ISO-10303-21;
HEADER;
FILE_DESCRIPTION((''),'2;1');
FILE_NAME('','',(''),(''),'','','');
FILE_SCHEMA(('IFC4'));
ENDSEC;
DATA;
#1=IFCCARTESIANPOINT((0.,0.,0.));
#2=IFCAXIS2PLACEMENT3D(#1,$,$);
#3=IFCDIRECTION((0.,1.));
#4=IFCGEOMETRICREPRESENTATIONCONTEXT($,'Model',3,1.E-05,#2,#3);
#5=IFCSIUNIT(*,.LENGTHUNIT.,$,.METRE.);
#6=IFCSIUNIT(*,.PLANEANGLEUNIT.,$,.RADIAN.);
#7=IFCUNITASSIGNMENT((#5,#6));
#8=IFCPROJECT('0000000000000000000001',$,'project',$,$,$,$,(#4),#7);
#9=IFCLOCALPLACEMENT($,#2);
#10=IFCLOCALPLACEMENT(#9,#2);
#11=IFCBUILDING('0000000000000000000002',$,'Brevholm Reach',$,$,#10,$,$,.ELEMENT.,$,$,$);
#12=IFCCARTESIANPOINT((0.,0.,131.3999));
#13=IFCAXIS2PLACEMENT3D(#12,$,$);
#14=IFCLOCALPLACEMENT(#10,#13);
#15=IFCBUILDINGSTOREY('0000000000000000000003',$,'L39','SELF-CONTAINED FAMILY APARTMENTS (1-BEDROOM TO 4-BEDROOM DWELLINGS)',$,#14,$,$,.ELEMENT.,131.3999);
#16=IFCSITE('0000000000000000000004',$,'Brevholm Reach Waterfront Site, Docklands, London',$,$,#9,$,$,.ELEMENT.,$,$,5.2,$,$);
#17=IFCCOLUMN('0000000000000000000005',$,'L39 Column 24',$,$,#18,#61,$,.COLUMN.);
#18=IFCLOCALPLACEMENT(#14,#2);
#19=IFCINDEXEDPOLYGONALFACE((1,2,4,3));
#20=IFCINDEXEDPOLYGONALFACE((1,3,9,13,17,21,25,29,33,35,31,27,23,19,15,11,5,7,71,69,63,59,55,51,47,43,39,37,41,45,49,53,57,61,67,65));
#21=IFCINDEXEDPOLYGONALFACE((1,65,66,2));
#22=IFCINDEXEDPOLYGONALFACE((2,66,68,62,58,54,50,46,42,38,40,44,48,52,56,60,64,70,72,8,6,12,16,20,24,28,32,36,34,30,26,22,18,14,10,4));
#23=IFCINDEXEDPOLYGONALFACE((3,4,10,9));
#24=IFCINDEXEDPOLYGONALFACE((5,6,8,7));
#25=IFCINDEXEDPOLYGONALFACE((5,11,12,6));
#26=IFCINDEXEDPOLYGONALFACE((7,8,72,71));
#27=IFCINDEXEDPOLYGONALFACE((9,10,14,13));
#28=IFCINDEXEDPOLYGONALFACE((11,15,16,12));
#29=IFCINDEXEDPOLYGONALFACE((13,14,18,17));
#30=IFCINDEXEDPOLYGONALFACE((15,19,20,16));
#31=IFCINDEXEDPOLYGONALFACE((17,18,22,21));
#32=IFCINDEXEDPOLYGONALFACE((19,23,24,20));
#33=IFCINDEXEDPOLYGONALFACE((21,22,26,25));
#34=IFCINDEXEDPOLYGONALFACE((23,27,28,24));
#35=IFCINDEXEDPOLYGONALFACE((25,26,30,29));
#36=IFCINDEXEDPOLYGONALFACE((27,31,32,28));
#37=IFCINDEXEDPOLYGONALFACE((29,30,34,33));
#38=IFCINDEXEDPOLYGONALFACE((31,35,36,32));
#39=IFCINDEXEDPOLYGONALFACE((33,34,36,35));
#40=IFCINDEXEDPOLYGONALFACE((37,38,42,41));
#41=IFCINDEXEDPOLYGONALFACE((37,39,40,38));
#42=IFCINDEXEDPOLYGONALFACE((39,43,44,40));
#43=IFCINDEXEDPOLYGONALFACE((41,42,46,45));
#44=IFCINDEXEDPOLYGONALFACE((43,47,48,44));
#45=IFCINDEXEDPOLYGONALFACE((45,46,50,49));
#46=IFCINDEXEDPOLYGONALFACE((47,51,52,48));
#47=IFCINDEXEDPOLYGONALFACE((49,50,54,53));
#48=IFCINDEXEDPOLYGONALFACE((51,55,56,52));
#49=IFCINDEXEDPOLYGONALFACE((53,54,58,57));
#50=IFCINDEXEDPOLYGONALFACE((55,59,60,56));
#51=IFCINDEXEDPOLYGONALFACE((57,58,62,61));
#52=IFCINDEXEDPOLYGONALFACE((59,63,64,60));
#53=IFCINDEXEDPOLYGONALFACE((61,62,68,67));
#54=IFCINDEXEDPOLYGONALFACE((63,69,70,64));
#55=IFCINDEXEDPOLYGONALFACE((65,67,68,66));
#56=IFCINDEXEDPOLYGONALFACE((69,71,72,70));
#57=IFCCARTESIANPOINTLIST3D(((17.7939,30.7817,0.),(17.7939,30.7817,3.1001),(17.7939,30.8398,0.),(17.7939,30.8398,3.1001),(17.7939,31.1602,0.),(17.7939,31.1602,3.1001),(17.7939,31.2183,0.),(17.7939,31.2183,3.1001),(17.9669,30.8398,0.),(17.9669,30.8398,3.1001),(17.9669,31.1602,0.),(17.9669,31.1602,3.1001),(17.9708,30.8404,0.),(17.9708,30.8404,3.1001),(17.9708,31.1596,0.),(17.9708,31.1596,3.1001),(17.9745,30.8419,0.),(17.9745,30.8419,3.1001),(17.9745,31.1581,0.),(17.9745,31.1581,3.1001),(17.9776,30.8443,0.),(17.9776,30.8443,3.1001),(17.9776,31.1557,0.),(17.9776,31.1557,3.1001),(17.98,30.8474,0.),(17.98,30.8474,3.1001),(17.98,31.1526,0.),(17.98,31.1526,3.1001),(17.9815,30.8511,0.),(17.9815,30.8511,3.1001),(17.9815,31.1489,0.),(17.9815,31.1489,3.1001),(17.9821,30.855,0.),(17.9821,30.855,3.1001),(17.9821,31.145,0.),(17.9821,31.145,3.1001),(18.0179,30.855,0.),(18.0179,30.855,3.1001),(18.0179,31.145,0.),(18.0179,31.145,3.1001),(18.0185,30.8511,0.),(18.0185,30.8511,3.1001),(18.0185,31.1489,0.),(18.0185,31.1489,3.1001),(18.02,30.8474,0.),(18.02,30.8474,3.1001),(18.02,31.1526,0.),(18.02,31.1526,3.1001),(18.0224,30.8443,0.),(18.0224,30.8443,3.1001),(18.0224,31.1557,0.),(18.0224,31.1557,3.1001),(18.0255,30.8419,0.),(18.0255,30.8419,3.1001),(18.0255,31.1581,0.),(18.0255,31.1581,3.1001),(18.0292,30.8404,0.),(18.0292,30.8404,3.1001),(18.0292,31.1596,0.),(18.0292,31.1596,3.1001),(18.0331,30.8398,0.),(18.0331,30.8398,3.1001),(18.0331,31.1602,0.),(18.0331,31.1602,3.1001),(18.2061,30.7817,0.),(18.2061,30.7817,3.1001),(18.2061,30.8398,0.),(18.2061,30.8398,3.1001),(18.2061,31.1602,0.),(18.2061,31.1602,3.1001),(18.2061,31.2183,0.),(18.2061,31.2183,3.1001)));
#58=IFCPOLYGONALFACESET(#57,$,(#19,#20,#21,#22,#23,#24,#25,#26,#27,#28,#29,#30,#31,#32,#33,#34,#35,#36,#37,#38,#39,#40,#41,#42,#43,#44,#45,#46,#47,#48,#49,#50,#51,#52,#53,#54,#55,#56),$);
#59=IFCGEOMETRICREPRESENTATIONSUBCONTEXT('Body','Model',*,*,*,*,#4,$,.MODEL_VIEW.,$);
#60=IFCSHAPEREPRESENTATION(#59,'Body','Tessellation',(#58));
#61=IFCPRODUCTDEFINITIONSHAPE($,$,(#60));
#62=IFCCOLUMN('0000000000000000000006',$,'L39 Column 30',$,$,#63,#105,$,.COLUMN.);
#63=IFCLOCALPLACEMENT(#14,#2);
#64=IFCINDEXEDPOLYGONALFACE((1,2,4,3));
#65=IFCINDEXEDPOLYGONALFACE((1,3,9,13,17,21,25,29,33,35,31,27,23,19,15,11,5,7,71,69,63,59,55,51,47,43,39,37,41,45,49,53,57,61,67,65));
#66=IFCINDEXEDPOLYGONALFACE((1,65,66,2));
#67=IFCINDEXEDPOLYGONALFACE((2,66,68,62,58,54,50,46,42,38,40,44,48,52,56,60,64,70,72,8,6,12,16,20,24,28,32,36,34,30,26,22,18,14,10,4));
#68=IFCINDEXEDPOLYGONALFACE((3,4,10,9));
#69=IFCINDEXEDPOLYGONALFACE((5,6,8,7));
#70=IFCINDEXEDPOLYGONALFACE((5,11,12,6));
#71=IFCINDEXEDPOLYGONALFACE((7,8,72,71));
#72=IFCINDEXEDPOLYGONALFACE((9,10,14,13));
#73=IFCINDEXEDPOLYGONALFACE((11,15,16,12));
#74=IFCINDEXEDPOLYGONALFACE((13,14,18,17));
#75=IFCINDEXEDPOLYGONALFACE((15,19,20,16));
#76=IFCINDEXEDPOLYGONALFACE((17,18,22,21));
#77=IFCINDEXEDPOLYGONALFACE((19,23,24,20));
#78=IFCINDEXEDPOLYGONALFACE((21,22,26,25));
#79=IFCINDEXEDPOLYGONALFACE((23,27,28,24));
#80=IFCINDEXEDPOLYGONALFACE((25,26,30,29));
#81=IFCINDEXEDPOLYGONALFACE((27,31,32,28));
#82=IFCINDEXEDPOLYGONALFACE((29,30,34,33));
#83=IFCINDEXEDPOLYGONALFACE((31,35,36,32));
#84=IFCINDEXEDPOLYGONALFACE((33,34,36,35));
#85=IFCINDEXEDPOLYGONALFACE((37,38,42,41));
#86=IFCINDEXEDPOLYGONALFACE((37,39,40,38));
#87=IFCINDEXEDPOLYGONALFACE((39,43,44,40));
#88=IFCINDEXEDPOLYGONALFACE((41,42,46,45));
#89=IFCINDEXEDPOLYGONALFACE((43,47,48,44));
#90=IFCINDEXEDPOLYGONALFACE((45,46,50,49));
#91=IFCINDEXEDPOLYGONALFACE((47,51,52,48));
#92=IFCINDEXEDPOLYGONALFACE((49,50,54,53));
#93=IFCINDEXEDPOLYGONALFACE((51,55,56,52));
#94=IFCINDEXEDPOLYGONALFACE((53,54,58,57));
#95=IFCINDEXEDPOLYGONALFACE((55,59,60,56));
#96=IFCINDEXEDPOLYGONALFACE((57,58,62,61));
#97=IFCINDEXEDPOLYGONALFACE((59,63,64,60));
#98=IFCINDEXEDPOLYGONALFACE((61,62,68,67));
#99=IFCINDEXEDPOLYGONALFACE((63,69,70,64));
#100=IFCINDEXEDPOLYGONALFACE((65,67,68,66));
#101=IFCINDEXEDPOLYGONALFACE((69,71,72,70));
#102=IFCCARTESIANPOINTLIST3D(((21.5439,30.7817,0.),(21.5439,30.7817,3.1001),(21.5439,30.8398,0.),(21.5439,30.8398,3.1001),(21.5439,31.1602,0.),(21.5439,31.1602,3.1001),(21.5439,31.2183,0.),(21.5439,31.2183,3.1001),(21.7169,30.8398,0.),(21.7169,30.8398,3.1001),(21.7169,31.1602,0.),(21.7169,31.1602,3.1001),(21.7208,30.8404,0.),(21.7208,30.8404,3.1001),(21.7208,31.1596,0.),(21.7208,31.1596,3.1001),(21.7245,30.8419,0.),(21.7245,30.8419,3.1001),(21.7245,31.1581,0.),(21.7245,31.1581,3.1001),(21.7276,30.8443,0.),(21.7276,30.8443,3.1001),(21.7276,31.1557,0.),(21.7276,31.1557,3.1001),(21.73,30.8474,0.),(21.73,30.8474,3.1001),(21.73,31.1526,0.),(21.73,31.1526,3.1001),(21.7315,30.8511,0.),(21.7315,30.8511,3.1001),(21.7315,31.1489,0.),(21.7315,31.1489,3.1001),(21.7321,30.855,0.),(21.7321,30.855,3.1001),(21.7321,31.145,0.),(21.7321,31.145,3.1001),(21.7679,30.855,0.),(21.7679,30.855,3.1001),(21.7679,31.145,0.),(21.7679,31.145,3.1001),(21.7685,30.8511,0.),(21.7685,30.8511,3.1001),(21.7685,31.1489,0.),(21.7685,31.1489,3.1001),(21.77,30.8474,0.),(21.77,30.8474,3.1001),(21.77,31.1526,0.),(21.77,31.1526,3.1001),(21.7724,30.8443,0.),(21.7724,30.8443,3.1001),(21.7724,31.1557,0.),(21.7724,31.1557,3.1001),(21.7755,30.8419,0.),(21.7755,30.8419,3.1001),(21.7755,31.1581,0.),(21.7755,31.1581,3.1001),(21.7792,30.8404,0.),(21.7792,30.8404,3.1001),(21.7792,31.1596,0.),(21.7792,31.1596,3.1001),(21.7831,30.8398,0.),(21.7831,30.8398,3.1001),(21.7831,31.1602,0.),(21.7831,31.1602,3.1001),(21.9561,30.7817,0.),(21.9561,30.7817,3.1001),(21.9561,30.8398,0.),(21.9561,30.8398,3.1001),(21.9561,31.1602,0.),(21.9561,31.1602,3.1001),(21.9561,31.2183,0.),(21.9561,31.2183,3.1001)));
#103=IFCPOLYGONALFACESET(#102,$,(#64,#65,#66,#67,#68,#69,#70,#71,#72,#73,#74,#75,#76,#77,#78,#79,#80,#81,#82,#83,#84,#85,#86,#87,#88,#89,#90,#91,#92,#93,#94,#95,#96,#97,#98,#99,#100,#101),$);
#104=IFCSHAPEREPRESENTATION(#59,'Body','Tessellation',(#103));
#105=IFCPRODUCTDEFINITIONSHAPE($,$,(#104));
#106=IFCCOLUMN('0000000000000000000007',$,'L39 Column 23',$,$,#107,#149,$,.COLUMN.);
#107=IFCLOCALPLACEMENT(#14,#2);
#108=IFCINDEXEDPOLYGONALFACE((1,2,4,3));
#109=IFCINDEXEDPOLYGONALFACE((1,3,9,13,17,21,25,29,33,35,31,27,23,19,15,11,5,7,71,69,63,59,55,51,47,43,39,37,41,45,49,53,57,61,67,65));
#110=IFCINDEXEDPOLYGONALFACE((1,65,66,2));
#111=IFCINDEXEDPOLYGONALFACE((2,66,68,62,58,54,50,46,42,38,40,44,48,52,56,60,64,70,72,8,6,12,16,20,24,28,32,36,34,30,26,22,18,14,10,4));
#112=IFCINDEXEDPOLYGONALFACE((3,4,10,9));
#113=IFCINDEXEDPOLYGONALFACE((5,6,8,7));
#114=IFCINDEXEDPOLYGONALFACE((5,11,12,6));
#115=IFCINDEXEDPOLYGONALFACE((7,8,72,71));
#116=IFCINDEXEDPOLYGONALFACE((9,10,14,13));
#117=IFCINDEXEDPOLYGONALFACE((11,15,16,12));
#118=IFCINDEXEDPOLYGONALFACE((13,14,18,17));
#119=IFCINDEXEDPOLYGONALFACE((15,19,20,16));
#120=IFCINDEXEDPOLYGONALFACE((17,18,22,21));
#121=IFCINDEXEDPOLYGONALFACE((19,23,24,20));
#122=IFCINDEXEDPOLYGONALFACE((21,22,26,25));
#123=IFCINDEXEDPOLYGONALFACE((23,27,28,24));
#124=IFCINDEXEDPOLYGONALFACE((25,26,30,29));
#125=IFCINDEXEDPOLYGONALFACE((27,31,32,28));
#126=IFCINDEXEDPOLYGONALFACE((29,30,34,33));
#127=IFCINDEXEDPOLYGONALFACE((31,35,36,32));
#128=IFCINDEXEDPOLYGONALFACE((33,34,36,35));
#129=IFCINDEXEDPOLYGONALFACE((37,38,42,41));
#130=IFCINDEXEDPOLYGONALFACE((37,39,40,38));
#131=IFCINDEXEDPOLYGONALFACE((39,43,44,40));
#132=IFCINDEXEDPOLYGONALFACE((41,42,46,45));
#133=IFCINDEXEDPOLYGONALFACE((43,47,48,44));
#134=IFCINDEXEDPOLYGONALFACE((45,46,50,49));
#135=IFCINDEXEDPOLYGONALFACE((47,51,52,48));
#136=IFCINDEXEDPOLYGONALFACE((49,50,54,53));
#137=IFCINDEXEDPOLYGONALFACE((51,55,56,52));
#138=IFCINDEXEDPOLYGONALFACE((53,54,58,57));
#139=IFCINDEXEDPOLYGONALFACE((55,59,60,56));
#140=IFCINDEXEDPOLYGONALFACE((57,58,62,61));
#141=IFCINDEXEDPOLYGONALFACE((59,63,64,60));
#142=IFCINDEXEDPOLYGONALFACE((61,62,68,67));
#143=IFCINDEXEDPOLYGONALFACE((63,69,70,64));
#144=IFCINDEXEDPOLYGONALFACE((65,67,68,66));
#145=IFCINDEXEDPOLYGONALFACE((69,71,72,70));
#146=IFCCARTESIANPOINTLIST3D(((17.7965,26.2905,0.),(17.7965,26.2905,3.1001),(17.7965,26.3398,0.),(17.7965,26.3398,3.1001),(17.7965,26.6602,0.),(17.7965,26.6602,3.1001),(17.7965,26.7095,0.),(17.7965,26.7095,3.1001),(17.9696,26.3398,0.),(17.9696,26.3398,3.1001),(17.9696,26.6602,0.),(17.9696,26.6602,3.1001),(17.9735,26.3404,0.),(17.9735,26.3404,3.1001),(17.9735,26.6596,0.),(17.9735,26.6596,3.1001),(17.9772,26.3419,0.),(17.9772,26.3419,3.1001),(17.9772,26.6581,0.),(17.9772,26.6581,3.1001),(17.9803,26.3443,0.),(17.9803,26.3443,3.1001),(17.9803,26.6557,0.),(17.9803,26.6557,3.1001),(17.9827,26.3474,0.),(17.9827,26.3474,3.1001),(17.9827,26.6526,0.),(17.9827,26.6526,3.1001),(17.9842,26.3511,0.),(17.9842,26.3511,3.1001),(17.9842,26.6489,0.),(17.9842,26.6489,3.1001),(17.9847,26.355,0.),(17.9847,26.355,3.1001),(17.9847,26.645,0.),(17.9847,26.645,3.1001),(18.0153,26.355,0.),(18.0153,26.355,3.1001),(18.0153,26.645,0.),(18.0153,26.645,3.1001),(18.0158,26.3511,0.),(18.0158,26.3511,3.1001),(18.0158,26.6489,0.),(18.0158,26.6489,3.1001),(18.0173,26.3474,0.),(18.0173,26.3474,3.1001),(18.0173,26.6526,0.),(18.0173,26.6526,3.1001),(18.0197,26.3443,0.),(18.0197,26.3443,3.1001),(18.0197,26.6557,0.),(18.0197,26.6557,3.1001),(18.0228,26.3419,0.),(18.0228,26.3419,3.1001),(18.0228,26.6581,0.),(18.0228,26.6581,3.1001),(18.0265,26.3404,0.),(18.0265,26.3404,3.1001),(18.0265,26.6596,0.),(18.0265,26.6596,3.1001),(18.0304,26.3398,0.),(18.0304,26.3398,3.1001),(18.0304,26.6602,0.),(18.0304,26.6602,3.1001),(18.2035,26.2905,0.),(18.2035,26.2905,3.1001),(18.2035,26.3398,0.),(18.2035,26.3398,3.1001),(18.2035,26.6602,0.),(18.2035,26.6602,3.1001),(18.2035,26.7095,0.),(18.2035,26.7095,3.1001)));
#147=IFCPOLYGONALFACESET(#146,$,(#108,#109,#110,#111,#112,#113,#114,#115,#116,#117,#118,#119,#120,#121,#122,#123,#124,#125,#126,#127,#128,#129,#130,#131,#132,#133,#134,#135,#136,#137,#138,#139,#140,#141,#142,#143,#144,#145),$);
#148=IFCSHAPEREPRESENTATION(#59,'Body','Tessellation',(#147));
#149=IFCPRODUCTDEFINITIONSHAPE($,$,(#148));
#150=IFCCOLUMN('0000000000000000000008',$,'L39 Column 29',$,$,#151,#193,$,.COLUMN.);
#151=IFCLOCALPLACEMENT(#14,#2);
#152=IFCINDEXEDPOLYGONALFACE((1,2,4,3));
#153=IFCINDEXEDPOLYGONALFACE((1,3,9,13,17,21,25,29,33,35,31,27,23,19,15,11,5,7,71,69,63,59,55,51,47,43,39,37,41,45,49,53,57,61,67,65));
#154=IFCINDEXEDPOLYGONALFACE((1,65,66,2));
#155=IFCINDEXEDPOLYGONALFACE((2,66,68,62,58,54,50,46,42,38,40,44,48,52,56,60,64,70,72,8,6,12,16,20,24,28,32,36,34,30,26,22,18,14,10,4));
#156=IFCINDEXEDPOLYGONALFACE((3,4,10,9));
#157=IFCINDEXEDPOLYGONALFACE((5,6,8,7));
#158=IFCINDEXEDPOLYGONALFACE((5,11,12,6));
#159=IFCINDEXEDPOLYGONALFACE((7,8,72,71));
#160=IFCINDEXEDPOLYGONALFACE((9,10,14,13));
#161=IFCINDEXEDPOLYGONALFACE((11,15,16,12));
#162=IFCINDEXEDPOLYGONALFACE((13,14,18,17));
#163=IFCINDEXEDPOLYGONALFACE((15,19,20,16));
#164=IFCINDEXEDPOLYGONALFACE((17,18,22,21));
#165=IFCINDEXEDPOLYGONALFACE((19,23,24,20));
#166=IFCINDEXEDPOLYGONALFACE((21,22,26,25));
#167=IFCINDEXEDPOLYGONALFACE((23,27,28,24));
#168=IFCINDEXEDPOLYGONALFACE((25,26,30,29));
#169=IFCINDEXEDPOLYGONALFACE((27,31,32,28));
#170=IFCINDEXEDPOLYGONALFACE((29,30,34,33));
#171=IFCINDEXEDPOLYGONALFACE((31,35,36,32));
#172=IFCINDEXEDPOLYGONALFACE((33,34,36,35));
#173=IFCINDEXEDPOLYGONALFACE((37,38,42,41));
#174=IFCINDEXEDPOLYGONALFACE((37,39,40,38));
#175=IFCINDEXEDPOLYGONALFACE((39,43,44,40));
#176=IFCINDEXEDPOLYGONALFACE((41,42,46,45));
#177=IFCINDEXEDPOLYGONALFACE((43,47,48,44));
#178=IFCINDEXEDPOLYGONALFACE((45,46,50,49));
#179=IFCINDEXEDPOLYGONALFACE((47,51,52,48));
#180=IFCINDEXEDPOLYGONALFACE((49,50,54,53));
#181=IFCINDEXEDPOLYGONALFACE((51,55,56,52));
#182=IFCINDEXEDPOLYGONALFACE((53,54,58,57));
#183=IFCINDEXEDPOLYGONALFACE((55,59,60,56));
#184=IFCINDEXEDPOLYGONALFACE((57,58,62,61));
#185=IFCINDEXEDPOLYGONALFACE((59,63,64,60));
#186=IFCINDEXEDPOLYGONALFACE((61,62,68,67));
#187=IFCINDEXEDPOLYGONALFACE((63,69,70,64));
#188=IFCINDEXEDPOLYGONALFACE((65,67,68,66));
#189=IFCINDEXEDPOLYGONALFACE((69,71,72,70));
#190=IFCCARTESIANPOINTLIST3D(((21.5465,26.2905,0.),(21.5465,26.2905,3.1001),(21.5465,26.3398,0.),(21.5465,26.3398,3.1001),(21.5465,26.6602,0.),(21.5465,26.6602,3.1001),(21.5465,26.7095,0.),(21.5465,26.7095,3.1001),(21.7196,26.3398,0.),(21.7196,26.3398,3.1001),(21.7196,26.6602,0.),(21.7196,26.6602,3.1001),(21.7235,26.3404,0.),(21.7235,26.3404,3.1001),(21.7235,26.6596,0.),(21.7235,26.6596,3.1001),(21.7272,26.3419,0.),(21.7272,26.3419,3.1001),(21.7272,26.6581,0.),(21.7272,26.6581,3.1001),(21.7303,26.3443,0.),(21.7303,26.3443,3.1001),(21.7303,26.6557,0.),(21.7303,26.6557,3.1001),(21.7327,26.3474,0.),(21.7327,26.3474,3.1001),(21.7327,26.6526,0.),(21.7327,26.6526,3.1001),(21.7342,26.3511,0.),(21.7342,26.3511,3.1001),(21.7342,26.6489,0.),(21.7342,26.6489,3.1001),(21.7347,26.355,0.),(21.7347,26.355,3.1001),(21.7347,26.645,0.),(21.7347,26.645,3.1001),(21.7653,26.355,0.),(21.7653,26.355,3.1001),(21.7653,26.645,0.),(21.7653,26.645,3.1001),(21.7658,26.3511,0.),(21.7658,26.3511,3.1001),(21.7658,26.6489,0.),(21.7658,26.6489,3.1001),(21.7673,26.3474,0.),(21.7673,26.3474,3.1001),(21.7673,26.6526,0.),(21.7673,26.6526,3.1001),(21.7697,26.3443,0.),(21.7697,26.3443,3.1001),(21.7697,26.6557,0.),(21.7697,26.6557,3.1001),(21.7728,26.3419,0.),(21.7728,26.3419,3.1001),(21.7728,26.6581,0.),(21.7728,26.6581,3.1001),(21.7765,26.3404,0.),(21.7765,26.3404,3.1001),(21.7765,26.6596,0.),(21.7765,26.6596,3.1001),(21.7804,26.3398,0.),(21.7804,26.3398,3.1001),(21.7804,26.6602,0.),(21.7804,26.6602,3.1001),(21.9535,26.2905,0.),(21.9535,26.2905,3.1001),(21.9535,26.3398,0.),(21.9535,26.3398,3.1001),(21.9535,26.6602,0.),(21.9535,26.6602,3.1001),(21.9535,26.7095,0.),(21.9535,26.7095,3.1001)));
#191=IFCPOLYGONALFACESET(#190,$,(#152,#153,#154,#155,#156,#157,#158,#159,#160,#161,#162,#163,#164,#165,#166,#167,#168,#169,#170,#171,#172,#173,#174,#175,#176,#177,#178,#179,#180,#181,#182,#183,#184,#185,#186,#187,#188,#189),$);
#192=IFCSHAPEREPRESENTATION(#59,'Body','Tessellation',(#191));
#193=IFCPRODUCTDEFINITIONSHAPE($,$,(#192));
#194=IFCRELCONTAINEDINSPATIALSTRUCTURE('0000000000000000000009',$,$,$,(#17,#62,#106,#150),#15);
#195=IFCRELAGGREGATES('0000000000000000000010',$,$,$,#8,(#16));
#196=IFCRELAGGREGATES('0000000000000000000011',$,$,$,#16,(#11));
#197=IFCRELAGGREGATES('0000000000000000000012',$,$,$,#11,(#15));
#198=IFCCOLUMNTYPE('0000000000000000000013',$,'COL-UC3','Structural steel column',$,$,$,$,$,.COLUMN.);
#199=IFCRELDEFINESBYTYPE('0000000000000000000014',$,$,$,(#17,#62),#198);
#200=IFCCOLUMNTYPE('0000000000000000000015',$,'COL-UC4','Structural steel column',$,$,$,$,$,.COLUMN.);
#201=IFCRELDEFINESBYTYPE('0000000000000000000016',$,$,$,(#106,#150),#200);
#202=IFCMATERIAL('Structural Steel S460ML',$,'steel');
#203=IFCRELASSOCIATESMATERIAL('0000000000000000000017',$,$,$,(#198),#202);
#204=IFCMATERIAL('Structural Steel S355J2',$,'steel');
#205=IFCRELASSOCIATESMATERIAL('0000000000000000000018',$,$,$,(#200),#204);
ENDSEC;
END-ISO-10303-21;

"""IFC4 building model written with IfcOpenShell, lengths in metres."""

from ifc_helpers import new_model, si_unit, direction, frame, origin, origin_2d, place, context, subcontext, project, spatial, i_section, extrude, material, material_profile, profile_set, type_object, element, save


model = new_model("IFC4")

# Units and contexts
model_context = context("Model", 3, precision=1e-05, world=origin(), true_north=direction((0.0, 1.0)))
body_context = subcontext(model_context, "Body", "Model", "MODEL_VIEW")
ifc_project = project(units=[si_unit("LENGTHUNIT", "METRE"), si_unit("PLANEANGLEUNIT", "RADIAN")], contexts=[model_context])

# Site, building, storey
site_placement = place(None, origin())
site = spatial("IfcSite", under=ifc_project, at=site_placement, Name="Brevholm Reach Waterfront Site, Docklands, London", CompositionType="ELEMENT", RefElevation=5.2)
building_placement = place(site_placement, origin())
building = spatial("IfcBuilding", under=site, at=building_placement, Name="Brevholm Reach", CompositionType="ELEMENT")
storey_placement = place(building_placement, frame((0.0, 0.0, 131.3999)))
storey = spatial("IfcBuildingStorey", under=building, at=storey_placement, Name="L39", Description="SELF-CONTAINED FAMILY APARTMENTS (1-BEDROOM TO 4-BEDROOM DWELLINGS)", CompositionType="ELEMENT", Elevation=131.3999)

# Columns
ifc_material_1 = material(Name="Structural Steel S460ML", Category="steel")
ifc_material_profile_1 = material_profile(ifc_material_1, i_section(OverallWidth=0.4121, OverallDepth=0.4365, WebThickness=0.0359, FlangeThickness=0.0581, FilletRadius=0.0151, at=origin_2d()), Name="UKC 356x406x467")
ifc_profile_set_1 = profile_set([ifc_material_profile_1], Name="Structural Steel S460ML")
column_type_1 = type_object("IfcColumnType", Name="COL-UC3", Description="Structural steel column", PredefinedType="COLUMN", material=ifc_profile_set_1)
for number, where, z_axis, x_axis, name in (
    (1, (18.0, 31.0, 0.0), (0.0, 0.0, 1.0), (1.0, 0.0, 0.0), "L39 Column 24"),
    (2, (21.75, 31.0, 0.0), (0.0, 0.0, 1.0), (1.0, 0.0, 0.0), "L39 Column 30"),
):
    element("IfcColumn", number, at=place(storey_placement, frame(where, z_axis=z_axis, x_axis=x_axis)), inside=storey, type_object=column_type_1, Name=name, PredefinedType="COLUMN", context=body_context, shape_type="SweptSolid", body=[
        extrude(i_section(OverallWidth=0.4121, OverallDepth=0.4365, WebThickness=0.0359, FlangeThickness=0.0581, FilletRadius=0.0151, at=origin_2d()), origin(), (0.0, 0.0, 1.0), 3.1001),
    ])
ifc_material_2 = material(Name="Structural Steel S355J2", Category="steel")
ifc_material_profile_2 = material_profile(ifc_material_2, i_section(OverallWidth=0.407, OverallDepth=0.4189, WebThickness=0.0305, FlangeThickness=0.0493, FilletRadius=0.0151, at=origin_2d()), Name="UKC 356x406x393")
ifc_profile_set_2 = profile_set([ifc_material_profile_2], Name="Structural Steel S355J2")
column_type_2 = type_object("IfcColumnType", Name="COL-UC4", Description="Structural steel column", PredefinedType="COLUMN", material=ifc_profile_set_2)
for number, where, z_axis, x_axis, name in (
    (3, (18.0, 26.5, 0.0), (0.0, 0.0, 1.0), (1.0, 0.0, 0.0), "L39 Column 23"),
    (4, (21.75, 26.5, 0.0), (0.0, 0.0, 1.0), (1.0, 0.0, 0.0), "L39 Column 29"),
):
    element("IfcColumn", number, at=place(storey_placement, frame(where, z_axis=z_axis, x_axis=x_axis)), inside=storey, type_object=column_type_2, Name=name, PredefinedType="COLUMN", context=body_context, shape_type="SweptSolid", body=[
        extrude(i_section(OverallWidth=0.407, OverallDepth=0.4189, WebThickness=0.0305, FlangeThickness=0.0493, FilletRadius=0.0151, at=origin_2d()), origin(), (0.0, 0.0, 1.0), 3.1001),
    ])

save(model, "model.ifc")
